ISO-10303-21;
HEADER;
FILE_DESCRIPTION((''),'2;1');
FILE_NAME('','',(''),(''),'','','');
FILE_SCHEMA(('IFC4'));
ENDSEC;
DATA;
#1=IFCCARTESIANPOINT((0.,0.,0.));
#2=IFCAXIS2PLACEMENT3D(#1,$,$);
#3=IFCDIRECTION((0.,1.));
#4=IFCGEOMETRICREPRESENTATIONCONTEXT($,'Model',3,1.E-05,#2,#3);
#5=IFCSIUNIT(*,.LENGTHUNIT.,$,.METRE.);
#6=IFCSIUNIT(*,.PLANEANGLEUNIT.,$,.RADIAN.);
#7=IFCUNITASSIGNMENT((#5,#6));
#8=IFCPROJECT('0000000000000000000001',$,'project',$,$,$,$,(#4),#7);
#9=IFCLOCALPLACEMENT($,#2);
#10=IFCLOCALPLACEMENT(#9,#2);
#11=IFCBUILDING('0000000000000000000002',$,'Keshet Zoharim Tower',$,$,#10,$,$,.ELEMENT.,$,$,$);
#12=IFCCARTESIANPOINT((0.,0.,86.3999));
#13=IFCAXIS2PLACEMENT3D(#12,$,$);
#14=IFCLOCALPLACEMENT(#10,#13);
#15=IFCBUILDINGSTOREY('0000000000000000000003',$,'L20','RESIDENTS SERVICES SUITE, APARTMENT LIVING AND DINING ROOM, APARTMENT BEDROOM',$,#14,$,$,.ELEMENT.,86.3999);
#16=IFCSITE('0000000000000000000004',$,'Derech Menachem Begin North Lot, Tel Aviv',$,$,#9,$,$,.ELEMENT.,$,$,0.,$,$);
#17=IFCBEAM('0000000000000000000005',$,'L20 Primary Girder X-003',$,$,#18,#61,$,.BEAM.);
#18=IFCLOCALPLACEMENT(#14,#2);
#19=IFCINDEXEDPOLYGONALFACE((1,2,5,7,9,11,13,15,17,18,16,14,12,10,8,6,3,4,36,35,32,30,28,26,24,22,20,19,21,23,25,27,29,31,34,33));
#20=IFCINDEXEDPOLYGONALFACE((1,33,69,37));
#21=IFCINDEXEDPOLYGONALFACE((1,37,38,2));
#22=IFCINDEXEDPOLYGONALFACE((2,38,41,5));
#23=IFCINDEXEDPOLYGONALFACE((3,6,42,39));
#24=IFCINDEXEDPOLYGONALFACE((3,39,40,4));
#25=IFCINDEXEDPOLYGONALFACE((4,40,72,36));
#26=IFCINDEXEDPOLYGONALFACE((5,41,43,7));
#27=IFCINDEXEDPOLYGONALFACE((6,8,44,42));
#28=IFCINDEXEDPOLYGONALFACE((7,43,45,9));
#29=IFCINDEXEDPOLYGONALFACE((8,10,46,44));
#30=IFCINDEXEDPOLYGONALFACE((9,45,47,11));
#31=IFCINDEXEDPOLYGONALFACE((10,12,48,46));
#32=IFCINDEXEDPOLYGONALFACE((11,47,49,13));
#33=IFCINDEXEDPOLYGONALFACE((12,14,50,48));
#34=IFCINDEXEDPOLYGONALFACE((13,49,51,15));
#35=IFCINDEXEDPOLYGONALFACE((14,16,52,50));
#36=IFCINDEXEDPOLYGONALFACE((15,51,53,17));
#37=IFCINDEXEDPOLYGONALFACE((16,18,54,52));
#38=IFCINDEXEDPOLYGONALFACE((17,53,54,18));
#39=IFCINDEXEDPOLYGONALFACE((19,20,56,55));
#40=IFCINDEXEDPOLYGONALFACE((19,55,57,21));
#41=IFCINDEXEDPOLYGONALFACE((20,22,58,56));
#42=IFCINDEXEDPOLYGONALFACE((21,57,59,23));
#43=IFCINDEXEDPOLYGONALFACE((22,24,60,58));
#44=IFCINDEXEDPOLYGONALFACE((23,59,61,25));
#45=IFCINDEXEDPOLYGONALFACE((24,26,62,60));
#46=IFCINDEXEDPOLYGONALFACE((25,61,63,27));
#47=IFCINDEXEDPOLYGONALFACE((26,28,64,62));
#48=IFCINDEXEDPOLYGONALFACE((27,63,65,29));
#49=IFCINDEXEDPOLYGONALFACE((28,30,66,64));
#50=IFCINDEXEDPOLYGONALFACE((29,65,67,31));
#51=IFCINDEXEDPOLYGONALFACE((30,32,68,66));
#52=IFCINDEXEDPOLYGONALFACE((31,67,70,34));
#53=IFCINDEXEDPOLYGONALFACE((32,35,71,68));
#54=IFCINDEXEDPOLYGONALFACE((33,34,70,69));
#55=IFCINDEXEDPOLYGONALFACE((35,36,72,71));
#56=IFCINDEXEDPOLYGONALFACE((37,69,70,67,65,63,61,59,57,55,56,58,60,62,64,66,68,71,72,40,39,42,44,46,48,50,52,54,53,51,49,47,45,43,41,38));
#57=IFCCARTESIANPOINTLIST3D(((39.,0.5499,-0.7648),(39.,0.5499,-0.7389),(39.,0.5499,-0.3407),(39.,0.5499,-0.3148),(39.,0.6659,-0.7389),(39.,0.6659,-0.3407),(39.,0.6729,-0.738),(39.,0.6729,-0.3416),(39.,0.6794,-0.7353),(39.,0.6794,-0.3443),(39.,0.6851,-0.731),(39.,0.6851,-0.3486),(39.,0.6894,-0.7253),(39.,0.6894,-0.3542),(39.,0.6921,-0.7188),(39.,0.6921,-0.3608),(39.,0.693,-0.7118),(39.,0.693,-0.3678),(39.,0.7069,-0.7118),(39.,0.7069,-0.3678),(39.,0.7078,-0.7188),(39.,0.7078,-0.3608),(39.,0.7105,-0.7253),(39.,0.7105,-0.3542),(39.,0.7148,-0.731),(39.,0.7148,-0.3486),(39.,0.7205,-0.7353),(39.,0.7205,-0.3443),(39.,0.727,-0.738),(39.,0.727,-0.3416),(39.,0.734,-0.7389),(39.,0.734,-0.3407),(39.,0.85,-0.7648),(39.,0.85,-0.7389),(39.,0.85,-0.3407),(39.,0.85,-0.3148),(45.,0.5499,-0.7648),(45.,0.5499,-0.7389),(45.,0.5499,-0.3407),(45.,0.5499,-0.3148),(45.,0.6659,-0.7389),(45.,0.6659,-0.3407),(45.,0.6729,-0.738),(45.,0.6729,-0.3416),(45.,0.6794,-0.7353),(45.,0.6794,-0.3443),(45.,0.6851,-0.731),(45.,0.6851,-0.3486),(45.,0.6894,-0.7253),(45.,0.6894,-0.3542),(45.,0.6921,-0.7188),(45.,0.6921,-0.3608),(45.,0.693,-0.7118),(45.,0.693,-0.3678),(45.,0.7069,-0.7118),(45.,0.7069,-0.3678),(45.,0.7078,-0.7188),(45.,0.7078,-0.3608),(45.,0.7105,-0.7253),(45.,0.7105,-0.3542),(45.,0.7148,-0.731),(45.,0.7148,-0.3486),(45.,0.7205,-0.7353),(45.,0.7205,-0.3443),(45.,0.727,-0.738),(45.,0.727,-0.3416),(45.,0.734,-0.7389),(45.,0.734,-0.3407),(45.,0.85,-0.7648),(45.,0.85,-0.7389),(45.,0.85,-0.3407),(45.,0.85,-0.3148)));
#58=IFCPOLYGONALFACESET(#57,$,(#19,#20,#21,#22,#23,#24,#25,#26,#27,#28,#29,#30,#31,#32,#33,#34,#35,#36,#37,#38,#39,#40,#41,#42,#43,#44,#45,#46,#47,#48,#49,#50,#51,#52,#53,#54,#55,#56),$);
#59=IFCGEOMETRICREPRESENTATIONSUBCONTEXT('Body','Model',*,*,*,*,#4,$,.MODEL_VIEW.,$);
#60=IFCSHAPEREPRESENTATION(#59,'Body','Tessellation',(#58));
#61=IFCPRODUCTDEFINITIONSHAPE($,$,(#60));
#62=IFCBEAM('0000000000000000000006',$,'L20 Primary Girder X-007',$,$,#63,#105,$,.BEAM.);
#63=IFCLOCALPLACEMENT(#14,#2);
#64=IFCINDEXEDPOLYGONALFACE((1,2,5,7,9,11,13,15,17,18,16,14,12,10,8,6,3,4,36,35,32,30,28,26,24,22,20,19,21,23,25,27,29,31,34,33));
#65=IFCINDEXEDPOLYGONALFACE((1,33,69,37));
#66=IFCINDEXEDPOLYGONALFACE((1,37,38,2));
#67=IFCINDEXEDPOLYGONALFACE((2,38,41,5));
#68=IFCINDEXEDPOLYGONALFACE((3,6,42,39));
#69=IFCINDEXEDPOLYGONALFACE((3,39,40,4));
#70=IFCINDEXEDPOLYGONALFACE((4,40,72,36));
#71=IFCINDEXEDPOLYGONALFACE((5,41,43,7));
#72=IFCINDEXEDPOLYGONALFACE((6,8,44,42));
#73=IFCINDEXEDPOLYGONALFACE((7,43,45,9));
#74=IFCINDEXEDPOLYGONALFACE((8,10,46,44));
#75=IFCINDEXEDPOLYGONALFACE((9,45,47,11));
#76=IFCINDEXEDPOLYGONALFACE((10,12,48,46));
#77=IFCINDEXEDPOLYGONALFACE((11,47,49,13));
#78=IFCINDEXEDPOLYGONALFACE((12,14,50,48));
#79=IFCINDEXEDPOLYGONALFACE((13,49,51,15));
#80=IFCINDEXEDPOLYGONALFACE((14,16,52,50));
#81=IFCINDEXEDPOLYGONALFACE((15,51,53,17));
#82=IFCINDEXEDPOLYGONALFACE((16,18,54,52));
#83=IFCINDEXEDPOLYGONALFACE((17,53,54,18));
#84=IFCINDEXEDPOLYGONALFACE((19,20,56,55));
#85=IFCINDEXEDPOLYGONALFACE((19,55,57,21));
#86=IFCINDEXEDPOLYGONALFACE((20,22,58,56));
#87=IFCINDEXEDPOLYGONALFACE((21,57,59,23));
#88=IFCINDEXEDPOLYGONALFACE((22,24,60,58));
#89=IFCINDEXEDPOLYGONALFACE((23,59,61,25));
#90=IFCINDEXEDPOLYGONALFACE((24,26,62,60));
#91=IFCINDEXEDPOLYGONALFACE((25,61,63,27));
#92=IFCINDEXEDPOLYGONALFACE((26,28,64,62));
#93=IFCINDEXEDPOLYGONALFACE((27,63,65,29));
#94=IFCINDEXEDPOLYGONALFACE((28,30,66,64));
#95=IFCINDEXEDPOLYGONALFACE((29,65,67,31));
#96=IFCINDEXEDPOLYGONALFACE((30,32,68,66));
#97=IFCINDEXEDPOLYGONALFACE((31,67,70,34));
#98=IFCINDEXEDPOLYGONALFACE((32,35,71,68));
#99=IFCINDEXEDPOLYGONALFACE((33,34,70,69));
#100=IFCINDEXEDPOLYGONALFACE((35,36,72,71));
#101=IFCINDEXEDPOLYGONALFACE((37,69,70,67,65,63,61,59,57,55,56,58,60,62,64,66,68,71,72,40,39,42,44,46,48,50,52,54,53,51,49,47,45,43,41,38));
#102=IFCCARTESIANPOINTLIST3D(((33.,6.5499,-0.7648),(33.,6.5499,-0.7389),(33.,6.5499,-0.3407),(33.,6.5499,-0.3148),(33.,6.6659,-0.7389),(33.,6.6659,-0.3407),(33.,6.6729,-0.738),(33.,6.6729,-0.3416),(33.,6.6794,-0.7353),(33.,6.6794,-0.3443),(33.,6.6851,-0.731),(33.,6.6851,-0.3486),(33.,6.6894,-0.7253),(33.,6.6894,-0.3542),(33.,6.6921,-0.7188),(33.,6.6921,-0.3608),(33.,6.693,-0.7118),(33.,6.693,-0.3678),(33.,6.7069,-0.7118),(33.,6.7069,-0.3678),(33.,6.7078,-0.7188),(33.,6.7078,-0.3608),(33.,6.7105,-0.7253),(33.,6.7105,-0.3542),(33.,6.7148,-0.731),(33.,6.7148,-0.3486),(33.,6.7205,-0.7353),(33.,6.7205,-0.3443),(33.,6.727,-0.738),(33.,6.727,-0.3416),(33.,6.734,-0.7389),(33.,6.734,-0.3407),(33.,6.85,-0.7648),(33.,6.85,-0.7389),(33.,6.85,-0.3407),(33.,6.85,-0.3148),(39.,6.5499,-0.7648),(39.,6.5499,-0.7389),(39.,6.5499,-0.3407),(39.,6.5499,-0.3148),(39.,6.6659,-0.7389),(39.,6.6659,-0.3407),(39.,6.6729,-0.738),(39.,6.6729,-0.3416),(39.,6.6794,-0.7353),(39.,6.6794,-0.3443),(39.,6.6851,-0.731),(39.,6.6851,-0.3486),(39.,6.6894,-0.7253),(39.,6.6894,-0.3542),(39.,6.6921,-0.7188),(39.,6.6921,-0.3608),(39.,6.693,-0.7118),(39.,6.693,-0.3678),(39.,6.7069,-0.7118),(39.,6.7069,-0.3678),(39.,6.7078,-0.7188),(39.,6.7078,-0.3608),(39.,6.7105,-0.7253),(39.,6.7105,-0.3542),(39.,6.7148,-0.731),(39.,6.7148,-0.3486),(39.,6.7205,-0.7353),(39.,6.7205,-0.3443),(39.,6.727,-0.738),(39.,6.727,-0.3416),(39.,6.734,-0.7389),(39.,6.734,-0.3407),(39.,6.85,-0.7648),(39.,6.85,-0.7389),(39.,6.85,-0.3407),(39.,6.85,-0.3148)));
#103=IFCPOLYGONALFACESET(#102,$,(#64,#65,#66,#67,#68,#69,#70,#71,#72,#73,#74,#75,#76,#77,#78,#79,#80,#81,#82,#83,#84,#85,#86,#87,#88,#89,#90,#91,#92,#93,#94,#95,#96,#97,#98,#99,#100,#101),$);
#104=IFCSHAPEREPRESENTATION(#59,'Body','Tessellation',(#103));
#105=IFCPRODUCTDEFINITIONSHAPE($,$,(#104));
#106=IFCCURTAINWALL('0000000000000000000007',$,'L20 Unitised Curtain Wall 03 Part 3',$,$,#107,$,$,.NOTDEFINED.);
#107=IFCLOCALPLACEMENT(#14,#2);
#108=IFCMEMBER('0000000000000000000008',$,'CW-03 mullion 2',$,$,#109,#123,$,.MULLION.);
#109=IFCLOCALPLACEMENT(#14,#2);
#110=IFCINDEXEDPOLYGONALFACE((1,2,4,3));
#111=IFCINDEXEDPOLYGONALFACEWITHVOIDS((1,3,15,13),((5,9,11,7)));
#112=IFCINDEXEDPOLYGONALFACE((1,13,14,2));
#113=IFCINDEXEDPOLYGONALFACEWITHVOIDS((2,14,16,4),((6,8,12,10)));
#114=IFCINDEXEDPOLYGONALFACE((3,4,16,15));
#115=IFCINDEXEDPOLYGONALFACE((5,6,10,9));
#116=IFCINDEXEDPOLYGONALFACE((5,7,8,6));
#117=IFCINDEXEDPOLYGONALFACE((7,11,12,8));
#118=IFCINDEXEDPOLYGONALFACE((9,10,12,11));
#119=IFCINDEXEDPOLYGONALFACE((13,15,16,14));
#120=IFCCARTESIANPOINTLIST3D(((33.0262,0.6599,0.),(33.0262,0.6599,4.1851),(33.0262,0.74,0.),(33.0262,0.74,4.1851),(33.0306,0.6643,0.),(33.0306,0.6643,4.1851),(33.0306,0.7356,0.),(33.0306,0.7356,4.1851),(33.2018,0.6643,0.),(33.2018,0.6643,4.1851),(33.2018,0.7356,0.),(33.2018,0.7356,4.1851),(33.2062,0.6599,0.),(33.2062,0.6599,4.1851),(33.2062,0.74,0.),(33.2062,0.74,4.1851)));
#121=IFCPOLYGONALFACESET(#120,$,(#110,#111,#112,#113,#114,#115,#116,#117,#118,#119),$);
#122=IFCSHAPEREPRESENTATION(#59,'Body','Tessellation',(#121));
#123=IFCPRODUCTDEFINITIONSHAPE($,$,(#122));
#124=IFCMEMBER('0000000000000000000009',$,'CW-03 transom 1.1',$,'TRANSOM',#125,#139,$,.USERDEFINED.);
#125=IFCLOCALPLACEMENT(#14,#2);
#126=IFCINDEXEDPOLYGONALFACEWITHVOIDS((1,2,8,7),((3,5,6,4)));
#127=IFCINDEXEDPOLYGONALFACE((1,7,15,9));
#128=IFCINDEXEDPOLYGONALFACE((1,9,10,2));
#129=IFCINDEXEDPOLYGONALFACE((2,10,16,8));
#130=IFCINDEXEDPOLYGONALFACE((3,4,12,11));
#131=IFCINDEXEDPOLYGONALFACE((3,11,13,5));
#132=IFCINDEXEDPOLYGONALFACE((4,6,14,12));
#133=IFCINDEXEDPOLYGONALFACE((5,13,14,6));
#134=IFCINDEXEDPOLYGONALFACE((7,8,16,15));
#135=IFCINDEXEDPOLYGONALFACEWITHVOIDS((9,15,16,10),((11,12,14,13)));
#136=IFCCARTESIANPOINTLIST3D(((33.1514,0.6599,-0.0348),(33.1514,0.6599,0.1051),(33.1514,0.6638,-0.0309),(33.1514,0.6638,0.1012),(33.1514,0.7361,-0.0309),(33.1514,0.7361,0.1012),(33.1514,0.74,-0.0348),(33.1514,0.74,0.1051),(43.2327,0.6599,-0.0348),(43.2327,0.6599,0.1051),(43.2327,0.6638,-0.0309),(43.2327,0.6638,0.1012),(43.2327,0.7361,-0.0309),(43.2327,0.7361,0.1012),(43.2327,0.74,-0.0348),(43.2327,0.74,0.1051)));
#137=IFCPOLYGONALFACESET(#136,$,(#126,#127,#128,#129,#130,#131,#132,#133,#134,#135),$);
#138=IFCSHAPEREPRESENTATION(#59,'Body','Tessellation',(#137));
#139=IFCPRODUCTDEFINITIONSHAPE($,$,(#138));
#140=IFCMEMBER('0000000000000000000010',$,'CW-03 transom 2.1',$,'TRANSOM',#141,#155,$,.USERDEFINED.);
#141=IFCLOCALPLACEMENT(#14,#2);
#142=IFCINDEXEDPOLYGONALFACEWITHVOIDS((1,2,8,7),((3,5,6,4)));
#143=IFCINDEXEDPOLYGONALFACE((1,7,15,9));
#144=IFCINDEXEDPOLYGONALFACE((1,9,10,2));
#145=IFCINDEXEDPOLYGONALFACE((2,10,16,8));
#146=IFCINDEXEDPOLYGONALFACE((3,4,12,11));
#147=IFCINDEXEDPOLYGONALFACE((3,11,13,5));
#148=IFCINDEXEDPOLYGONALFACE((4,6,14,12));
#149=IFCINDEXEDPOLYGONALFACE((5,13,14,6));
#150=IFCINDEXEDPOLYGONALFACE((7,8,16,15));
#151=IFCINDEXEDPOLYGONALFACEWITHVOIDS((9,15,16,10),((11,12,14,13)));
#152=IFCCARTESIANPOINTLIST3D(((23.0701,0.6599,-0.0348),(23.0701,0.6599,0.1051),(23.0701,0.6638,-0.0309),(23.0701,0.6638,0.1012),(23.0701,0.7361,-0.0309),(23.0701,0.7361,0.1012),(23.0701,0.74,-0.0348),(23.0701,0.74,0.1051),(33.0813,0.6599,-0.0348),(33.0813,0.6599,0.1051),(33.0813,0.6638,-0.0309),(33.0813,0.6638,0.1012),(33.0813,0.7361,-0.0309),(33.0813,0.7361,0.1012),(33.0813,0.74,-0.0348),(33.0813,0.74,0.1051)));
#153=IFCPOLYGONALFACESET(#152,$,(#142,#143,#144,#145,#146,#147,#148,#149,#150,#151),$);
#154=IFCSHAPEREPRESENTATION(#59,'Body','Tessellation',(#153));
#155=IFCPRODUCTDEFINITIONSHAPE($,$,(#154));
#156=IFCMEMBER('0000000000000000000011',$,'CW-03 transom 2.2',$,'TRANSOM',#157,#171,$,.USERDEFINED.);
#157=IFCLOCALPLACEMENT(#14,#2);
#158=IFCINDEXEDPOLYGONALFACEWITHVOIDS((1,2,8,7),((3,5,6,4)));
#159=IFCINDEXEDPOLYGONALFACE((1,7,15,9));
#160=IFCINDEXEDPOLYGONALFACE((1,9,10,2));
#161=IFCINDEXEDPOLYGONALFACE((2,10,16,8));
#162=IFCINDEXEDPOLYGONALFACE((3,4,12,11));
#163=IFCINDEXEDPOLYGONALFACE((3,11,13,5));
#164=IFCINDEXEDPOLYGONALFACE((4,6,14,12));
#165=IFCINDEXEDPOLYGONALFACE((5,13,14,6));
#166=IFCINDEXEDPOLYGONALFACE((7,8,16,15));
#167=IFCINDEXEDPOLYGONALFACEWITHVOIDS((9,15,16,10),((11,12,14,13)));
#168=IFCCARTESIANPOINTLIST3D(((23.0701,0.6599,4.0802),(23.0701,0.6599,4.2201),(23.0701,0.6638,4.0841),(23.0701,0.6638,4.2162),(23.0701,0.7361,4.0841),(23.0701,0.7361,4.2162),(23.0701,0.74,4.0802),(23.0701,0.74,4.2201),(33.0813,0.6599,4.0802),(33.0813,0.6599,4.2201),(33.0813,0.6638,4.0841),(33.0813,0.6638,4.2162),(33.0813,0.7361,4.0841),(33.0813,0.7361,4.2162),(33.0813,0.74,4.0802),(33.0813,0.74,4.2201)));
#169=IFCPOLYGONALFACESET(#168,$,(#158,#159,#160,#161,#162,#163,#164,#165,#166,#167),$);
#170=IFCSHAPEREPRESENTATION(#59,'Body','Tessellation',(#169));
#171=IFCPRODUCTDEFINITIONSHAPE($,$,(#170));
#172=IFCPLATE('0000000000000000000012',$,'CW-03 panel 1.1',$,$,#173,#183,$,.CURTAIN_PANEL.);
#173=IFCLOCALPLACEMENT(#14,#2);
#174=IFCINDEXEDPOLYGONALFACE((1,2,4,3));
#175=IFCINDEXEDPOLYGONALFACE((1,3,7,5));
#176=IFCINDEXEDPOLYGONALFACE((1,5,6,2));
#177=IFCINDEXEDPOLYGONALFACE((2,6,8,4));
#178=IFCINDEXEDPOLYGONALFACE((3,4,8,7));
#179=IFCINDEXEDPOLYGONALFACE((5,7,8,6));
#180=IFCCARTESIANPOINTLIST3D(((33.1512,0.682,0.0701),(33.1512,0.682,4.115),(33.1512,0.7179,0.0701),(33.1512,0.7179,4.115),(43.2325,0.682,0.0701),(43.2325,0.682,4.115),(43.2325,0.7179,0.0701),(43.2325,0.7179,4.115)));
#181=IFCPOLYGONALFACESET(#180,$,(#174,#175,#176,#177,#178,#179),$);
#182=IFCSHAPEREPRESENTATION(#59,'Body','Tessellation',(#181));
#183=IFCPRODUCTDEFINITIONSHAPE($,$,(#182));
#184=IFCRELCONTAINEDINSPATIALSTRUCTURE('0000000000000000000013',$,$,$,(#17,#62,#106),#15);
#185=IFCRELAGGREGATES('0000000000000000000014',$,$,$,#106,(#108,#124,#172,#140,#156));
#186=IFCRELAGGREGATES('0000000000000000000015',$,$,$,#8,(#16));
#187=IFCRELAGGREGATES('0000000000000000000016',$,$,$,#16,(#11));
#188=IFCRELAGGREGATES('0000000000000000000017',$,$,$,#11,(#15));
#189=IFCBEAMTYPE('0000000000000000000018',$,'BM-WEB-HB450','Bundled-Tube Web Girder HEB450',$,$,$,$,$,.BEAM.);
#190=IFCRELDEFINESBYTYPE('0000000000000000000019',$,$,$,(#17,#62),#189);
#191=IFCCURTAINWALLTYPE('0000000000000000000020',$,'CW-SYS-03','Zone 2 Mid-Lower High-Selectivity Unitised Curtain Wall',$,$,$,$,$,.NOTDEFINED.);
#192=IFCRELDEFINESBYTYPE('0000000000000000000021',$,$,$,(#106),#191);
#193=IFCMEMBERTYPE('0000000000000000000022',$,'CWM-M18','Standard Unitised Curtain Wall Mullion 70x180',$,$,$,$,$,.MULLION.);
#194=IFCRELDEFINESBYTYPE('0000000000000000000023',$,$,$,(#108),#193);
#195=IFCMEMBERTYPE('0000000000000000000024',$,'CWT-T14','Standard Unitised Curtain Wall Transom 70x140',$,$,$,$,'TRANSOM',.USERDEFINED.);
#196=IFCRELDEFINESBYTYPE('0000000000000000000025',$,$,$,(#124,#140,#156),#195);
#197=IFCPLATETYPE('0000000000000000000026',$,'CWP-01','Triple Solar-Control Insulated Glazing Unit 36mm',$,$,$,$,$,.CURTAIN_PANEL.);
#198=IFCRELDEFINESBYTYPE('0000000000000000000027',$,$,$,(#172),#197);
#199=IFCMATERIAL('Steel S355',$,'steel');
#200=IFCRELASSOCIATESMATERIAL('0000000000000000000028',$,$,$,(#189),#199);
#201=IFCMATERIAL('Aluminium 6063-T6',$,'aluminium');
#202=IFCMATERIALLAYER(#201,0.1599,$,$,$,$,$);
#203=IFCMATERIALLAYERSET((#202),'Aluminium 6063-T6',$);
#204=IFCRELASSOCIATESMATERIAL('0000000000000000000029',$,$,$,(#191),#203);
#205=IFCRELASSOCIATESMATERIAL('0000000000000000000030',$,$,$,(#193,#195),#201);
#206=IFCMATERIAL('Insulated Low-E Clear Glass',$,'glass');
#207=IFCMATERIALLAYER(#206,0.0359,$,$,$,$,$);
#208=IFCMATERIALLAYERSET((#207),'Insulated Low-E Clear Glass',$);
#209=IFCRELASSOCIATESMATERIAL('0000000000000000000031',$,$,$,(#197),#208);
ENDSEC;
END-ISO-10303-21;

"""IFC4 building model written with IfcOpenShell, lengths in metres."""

from ifc_helpers import new_model, si_unit, direction, frame, origin, origin_2d, place, context, subcontext, project, spatial, rectangle, hollow_rectangle, i_section, extrude, material, layer, layer_set, material_profile, profile_set, type_object, element, aggregate, save


model = new_model("IFC4")

# Units and contexts
model_context = context("Model", 3, precision=1e-05, world=origin(), true_north=direction((0.0, 1.0)))
body_context = subcontext(model_context, "Body", "Model", "MODEL_VIEW")
ifc_project = project(units=[si_unit("LENGTHUNIT", "METRE"), si_unit("PLANEANGLEUNIT", "RADIAN")], contexts=[model_context])

# Site, building, storey
site_placement = place(None, origin())
site = spatial("IfcSite", under=ifc_project, at=site_placement, Name="Derech Menachem Begin North Lot, Tel Aviv", CompositionType="ELEMENT", RefElevation=0.0)
building_placement = place(site_placement, origin())
building = spatial("IfcBuilding", under=site, at=building_placement, Name="Keshet Zoharim Tower", CompositionType="ELEMENT")
storey_placement = place(building_placement, frame((0.0, 0.0, 86.3999)))
storey = spatial("IfcBuildingStorey", under=building, at=storey_placement, Name="L20", Description="RESIDENTS SERVICES SUITE, APARTMENT LIVING AND DINING ROOM, APARTMENT BEDROOM", CompositionType="ELEMENT", Elevation=86.3999)

# Shared definitions
ifc_material_1 = material(Name="Steel S355", Category="steel")

# Beams
ifc_material_profile_1 = material_profile(ifc_material_1, i_section(OverallWidth=0.3, OverallDepth=0.45, WebThickness=0.0139, FlangeThickness=0.0259, FilletRadius=0.0271, at=origin_2d()), Name="HEB450")
ifc_profile_set_1 = profile_set([ifc_material_profile_1], Name="Steel S355")
beam_type_1 = type_object("IfcBeamType", Name="BM-WEB-HB450", Description="Bundled-Tube Web Girder HEB450", PredefinedType="BEAM", material=ifc_profile_set_1)
for number, where, z_axis, x_axis, name in (
    (1, (39.0, 0.7, -0.5398), (1.0, 0.0, 0.0), (0.0, 1.0, 0.0), "L20 Primary Girder X-003"),
    (2, (33.0, 6.7, -0.5398), (1.0, 0.0, 0.0), (0.0, 1.0, 0.0), "L20 Primary Girder X-007"),
):
    element("IfcBeam", number, at=place(storey_placement, frame(where, z_axis=z_axis, x_axis=x_axis)), inside=storey, type_object=beam_type_1, Name=name, PredefinedType="BEAM", context=body_context, shape_type="SweptSolid", body=[
        extrude(i_section(OverallWidth=0.3, OverallDepth=0.45, WebThickness=0.0139, FlangeThickness=0.0259, FilletRadius=0.0271, at=origin_2d()), origin(), (0.0, 0.0, 1.0), 6.0),
    ])

# Curtain wall, members, plate
ifc_material_2 = material(Name="Aluminium 6063-T6", Category="aluminium")
ifc_layer_1 = layer(ifc_material_2, 0.1599)
ifc_layer_set_1 = layer_set([ifc_layer_1], Name="Aluminium 6063-T6")
curtain_wall_type = type_object("IfcCurtainWallType", Name="CW-SYS-03", Description="Zone 2 Mid-Lower High-Selectivity Unitised Curtain Wall", PredefinedType="NOTDEFINED", material=ifc_layer_set_1)
curtain_wall_placement = place(storey_placement, origin())
curtain_wall = element("IfcCurtainWall", 3, at=curtain_wall_placement, inside=storey, type_object=curtain_wall_type, Name="L20 Unitised Curtain Wall 03 Part 3", PredefinedType="NOTDEFINED")
ifc_material_profile_2 = material_profile(ifc_material_2, hollow_rectangle(XDim=0.0801, YDim=0.1799, WallThickness=0.0044, at=origin_2d()), Name="MUL-80x180")
ifc_profile_set_2 = profile_set([ifc_material_profile_2], Name="Aluminium 6063-T6")
member_type_1 = type_object("IfcMemberType", Name="CWM-M18", Description="Standard Unitised Curtain Wall Mullion 70x180", PredefinedType="MULLION", material=ifc_profile_set_2)
member_1_placement = place(storey_placement, frame((33.1162, 0.7, 0.0), z_axis=(0.0, 0.0, 1.0), x_axis=(0.0, -1.0, 0.0)))
member_1 = element("IfcMember", 4, at=member_1_placement, type_object=member_type_1, Name="CW-03 mullion 2", PredefinedType="MULLION", context=body_context, shape_type="SweptSolid", body=[
    extrude(hollow_rectangle(XDim=0.0801, YDim=0.1799, WallThickness=0.0044, at=origin_2d()), origin(), (0.0, 0.0, 1.0), 4.1851),
])
ifc_material_profile_3 = material_profile(ifc_material_2, hollow_rectangle(XDim=0.0801, YDim=0.1399, WallThickness=0.0039, at=origin_2d()), Name="TRN-80x140")
ifc_profile_set_3 = profile_set([ifc_material_profile_3], Name="Aluminium 6063-T6")
member_type_2 = type_object("IfcMemberType", Name="CWT-T14", Description="Standard Unitised Curtain Wall Transom 70x140", ElementType="TRANSOM", PredefinedType="USERDEFINED", material=ifc_profile_set_3)
member_2_placement = place(storey_placement, frame((43.2327, 0.7, 0.0352), z_axis=(-1.0, 0.0, 0.0), x_axis=(0.0, -1.0, 0.0)))
member_2 = element("IfcMember", 5, at=member_2_placement, type_object=member_type_2, Name="CW-03 transom 1.1", ObjectType="TRANSOM", PredefinedType="USERDEFINED", context=body_context, shape_type="SweptSolid", body=[
    extrude(hollow_rectangle(XDim=0.0801, YDim=0.1399, WallThickness=0.0039, at=origin_2d()), origin(), (0.0, 0.0, 1.0), 10.0813),
])
member_3_placement = place(storey_placement, frame((33.0813, 0.7, 0.0352), z_axis=(-1.0, 0.0, 0.0), x_axis=(0.0, -1.0, 0.0)))
member_3 = element("IfcMember", 6, at=member_3_placement, type_object=member_type_2, Name="CW-03 transom 2.1", ObjectType="TRANSOM", PredefinedType="USERDEFINED", context=body_context, shape_type="SweptSolid", body=[
    extrude(hollow_rectangle(XDim=0.0801, YDim=0.1399, WallThickness=0.0039, at=origin_2d()), origin(), (0.0, 0.0, 1.0), 10.0112),
])
member_4_placement = place(storey_placement, frame((33.0813, 0.7, 4.1501), z_axis=(-1.0, 0.0, 0.0), x_axis=(0.0, -1.0, 0.0)))
member_4 = element("IfcMember", 7, at=member_4_placement, type_object=member_type_2, Name="CW-03 transom 2.2", ObjectType="TRANSOM", PredefinedType="USERDEFINED", context=body_context, shape_type="SweptSolid", body=[
    extrude(hollow_rectangle(XDim=0.0801, YDim=0.1399, WallThickness=0.0039, at=origin_2d()), origin(), (0.0, 0.0, 1.0), 10.0112),
])
ifc_material_3 = material(Name="Insulated Low-E Clear Glass", Category="glass")
ifc_layer_2 = layer(ifc_material_3, 0.0359)
ifc_layer_set_2 = layer_set([ifc_layer_2], Name="Insulated Low-E Clear Glass")
plate_type = type_object("IfcPlateType", Name="CWP-01", Description="Triple Solar-Control Insulated Glazing Unit 36mm", PredefinedType="CURTAIN_PANEL", material=ifc_layer_set_2)
plate_placement = place(storey_placement, frame((38.1919, 0.7, 0.0701), z_axis=(0.0, 0.0, 1.0), x_axis=(-1.0, 0.0, 0.0)))
plate = element("IfcPlate", 8, at=plate_placement, type_object=plate_type, Name="CW-03 panel 1.1", PredefinedType="CURTAIN_PANEL", context=body_context, shape_type="SweptSolid", body=[
    extrude(rectangle(XDim=10.0813, YDim=0.0359, at=origin_2d()), origin(), (0.0, 0.0, 1.0), 4.0449),
])
aggregate(curtain_wall, [member_1, member_2, plate, member_3, member_4])

save(model, "model.ifc")
